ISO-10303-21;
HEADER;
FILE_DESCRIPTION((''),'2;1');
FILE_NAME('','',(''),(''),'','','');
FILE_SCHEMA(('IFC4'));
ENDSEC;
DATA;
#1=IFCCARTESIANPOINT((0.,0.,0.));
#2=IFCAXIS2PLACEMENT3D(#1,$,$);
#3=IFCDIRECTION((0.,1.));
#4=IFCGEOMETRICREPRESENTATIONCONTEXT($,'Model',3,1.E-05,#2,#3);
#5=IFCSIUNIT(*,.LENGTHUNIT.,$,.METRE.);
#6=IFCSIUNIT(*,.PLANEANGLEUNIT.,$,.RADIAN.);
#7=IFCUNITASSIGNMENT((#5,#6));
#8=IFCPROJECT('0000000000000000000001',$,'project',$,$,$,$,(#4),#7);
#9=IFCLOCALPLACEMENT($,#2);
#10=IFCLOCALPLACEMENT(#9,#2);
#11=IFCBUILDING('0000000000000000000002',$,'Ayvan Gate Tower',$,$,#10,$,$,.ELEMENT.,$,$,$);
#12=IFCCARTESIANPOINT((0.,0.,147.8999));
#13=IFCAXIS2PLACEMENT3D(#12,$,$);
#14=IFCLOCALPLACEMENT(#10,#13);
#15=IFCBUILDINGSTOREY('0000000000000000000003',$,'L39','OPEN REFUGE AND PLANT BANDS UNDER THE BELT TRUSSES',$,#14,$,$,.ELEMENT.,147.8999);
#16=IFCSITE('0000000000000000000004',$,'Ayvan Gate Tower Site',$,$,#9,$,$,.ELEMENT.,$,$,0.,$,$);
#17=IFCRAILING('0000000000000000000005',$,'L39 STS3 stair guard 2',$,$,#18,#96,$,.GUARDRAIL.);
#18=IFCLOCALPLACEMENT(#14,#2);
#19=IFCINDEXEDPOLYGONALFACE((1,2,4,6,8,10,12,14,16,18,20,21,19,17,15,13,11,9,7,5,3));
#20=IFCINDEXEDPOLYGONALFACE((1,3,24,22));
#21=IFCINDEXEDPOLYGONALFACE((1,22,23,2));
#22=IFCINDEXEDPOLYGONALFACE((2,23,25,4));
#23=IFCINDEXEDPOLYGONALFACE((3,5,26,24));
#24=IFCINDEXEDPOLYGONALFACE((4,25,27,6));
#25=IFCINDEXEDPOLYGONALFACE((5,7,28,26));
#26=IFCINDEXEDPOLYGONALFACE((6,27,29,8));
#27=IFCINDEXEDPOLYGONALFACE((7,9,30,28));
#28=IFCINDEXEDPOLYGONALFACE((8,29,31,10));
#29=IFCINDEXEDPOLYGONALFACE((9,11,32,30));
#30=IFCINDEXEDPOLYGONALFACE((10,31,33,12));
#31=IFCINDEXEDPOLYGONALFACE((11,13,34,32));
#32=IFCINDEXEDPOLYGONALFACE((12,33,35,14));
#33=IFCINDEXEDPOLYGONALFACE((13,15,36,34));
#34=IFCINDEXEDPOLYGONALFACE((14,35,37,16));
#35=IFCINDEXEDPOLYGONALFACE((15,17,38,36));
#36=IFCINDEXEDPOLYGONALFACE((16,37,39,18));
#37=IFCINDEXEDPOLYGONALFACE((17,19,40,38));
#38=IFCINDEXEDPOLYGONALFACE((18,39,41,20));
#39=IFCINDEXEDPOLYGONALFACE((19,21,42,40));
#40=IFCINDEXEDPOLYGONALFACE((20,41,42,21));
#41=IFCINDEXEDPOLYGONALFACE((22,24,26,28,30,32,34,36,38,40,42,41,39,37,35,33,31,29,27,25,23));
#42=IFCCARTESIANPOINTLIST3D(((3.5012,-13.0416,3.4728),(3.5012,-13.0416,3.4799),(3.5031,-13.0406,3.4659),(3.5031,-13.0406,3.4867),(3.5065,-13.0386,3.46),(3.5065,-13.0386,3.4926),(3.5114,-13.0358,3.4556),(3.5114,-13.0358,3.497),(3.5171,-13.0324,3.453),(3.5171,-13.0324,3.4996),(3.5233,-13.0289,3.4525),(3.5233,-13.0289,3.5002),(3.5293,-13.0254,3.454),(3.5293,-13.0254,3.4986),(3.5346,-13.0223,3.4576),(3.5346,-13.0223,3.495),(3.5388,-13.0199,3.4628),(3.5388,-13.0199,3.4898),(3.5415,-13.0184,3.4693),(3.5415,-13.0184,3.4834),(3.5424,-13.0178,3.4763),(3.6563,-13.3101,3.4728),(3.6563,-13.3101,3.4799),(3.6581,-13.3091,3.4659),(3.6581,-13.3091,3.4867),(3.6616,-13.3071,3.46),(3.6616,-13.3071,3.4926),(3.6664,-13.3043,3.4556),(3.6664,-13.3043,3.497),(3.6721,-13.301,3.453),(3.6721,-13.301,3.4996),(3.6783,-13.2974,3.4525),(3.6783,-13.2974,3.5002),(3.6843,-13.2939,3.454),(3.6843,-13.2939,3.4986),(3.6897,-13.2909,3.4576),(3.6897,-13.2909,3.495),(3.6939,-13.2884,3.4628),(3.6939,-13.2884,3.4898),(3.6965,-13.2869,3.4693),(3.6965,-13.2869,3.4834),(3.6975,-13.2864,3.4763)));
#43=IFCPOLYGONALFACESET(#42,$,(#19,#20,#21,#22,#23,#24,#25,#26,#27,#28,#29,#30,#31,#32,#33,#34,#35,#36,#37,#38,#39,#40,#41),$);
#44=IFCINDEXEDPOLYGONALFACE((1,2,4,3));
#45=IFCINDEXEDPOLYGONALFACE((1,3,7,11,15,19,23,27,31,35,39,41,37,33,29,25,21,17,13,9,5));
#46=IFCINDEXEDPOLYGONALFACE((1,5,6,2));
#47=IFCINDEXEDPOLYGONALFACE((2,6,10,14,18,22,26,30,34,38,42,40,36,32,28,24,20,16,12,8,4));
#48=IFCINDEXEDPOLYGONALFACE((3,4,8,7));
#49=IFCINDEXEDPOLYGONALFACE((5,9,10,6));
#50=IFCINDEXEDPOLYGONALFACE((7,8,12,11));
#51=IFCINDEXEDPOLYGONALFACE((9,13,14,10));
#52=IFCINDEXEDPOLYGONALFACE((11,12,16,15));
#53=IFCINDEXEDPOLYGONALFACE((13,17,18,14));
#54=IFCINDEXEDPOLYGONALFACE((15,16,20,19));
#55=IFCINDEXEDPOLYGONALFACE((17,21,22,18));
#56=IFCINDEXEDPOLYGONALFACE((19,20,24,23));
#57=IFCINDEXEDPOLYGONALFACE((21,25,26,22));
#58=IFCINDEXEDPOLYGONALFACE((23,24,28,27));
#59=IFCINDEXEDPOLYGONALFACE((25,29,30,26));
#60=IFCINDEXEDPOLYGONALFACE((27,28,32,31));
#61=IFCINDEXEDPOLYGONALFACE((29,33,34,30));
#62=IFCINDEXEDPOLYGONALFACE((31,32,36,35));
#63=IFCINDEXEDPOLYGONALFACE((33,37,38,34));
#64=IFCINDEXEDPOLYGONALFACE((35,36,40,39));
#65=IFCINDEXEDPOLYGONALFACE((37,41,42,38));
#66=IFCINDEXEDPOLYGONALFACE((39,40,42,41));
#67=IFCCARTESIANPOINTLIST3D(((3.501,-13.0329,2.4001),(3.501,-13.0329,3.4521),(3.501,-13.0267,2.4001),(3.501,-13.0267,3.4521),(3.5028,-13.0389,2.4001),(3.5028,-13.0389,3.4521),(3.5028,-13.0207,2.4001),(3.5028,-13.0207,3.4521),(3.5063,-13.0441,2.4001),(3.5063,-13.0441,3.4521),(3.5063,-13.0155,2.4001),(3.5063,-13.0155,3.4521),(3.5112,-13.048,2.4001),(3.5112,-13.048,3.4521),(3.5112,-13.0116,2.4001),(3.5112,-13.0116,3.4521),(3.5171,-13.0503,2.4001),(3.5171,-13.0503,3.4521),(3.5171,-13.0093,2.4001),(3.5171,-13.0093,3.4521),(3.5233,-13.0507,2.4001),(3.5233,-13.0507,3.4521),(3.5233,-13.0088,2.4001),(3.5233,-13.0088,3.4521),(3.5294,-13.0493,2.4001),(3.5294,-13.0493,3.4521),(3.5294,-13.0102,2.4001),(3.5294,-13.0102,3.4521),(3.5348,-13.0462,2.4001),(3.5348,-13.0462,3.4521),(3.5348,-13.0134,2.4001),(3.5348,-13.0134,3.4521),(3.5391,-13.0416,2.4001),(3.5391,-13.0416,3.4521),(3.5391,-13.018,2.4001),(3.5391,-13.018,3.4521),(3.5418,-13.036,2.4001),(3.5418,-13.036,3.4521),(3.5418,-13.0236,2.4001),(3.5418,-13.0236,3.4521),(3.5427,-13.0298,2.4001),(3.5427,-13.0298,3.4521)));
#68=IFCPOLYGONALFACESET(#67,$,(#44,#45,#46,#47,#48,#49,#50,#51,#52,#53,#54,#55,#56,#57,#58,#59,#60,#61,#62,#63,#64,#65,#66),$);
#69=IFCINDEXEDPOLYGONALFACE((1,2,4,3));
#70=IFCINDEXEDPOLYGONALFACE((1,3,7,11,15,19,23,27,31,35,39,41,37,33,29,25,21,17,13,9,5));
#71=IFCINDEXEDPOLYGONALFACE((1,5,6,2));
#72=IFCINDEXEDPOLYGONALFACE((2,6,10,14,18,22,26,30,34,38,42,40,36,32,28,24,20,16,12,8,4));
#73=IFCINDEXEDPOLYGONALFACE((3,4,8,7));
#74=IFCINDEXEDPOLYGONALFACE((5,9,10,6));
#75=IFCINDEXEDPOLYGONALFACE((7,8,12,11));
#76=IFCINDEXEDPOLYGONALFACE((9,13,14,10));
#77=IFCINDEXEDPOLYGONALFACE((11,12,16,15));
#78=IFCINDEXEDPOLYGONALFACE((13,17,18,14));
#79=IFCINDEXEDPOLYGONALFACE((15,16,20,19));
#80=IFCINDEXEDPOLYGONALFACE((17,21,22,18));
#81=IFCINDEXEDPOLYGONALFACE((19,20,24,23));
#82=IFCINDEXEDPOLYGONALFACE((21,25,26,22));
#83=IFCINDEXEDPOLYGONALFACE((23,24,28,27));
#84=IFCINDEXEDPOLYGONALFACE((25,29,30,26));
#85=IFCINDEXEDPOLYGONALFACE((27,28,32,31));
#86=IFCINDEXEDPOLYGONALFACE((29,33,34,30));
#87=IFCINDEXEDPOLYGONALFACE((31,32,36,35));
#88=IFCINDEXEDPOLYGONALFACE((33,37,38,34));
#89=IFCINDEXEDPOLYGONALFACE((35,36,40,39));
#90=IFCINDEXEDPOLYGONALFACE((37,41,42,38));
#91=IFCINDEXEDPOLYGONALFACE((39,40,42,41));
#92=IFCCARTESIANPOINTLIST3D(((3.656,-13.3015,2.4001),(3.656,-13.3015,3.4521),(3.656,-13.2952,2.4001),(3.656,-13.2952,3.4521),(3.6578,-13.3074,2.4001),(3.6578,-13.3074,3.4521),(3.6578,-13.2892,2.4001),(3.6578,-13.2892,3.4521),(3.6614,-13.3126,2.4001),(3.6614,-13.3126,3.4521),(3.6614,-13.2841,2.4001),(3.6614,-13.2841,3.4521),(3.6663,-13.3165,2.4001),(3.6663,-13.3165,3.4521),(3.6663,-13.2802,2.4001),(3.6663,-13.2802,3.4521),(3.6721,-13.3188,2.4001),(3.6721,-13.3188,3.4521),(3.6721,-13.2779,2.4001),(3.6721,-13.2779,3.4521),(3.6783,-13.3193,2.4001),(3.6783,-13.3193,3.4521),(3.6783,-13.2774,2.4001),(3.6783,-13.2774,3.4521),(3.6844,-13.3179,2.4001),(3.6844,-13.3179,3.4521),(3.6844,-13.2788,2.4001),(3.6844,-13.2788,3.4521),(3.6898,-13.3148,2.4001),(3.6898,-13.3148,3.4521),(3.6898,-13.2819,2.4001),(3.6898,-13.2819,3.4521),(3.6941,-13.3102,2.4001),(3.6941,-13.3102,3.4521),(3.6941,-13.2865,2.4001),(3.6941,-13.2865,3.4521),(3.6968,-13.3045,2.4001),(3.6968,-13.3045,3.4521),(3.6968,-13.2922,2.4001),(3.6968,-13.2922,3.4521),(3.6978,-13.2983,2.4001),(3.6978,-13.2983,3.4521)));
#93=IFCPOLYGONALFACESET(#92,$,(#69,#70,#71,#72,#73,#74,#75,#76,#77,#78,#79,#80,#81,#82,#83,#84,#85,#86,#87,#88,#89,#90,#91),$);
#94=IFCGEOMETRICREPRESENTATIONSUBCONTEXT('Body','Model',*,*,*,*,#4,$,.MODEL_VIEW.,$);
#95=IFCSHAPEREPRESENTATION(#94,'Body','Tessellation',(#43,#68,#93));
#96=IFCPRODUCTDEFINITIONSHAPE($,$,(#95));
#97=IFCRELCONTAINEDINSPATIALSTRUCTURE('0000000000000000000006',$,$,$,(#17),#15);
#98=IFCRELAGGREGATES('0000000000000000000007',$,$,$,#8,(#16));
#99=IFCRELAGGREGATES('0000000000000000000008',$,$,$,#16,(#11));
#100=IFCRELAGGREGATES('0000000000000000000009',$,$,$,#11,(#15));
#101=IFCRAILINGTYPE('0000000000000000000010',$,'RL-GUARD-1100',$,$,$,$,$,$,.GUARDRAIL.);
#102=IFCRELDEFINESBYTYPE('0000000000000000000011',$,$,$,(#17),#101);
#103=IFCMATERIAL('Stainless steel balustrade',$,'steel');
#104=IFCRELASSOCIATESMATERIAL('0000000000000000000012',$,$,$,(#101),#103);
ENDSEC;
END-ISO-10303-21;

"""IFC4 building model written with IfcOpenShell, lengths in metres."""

from ifc_helpers import new_model, si_unit, direction, frame, origin, origin_2d, place, context, subcontext, project, spatial, circle, extrude, material, type_object, element, save


model = new_model("IFC4")

# Units and contexts
model_context = context("Model", 3, precision=1e-05, world=origin(), true_north=direction((0.0, 1.0)))
body_context = subcontext(model_context, "Body", "Model", "MODEL_VIEW")
ifc_project = project(units=[si_unit("LENGTHUNIT", "METRE"), si_unit("PLANEANGLEUNIT", "RADIAN")], contexts=[model_context])

# Site, building, storey
site_placement = place(None, origin())
site = spatial("IfcSite", under=ifc_project, at=site_placement, Name="Ayvan Gate Tower Site", CompositionType="ELEMENT", RefElevation=0.0)
building_placement = place(site_placement, origin())
building = spatial("IfcBuilding", under=site, at=building_placement, Name="Ayvan Gate Tower", CompositionType="ELEMENT")
storey_placement = place(building_placement, frame((0.0, 0.0, 147.8999)))
storey = spatial("IfcBuildingStorey", under=building, at=storey_placement, Name="L39", Description="OPEN REFUGE AND PLANT BANDS UNDER THE BELT TRUSSES", CompositionType="ELEMENT", Elevation=147.8999)

# Railing
ifc_material_1 = material(Name="Stainless steel balustrade", Category="steel")
railing_type_1 = type_object("IfcRailingType", Name="RL-GUARD-1100", PredefinedType="GUARDRAIL", material=ifc_material_1)
railing_1_placement = place(storey_placement, frame((3.5217, -13.0298, 2.4001)))
element("IfcRailing", 1, at=railing_1_placement, inside=storey, type_object=railing_type_1, Name="L39 STS3 stair guard 2", PredefinedType="GUARDRAIL", context=body_context, shape_type="SweptSolid", body=[
    extrude(circle(Radius=0.0239, at=origin_2d()), frame((0.0, 0.0, 1.0762), z_axis=(0.49995, -0.866054, 0.0), x_axis=(0.866054, 0.49995, 0.0)), (0.0, 0.0, 1.0), 0.3101),
    extrude(circle(Radius=0.021, at=origin_2d()), origin(), (0.0, 0.0, 1.0), 1.052),
    extrude(circle(Radius=0.021, at=origin_2d()), frame((0.155, -0.2686, 0.0)), (0.0, 0.0, 1.0), 1.052),
])

save(model, "model.ifc")
